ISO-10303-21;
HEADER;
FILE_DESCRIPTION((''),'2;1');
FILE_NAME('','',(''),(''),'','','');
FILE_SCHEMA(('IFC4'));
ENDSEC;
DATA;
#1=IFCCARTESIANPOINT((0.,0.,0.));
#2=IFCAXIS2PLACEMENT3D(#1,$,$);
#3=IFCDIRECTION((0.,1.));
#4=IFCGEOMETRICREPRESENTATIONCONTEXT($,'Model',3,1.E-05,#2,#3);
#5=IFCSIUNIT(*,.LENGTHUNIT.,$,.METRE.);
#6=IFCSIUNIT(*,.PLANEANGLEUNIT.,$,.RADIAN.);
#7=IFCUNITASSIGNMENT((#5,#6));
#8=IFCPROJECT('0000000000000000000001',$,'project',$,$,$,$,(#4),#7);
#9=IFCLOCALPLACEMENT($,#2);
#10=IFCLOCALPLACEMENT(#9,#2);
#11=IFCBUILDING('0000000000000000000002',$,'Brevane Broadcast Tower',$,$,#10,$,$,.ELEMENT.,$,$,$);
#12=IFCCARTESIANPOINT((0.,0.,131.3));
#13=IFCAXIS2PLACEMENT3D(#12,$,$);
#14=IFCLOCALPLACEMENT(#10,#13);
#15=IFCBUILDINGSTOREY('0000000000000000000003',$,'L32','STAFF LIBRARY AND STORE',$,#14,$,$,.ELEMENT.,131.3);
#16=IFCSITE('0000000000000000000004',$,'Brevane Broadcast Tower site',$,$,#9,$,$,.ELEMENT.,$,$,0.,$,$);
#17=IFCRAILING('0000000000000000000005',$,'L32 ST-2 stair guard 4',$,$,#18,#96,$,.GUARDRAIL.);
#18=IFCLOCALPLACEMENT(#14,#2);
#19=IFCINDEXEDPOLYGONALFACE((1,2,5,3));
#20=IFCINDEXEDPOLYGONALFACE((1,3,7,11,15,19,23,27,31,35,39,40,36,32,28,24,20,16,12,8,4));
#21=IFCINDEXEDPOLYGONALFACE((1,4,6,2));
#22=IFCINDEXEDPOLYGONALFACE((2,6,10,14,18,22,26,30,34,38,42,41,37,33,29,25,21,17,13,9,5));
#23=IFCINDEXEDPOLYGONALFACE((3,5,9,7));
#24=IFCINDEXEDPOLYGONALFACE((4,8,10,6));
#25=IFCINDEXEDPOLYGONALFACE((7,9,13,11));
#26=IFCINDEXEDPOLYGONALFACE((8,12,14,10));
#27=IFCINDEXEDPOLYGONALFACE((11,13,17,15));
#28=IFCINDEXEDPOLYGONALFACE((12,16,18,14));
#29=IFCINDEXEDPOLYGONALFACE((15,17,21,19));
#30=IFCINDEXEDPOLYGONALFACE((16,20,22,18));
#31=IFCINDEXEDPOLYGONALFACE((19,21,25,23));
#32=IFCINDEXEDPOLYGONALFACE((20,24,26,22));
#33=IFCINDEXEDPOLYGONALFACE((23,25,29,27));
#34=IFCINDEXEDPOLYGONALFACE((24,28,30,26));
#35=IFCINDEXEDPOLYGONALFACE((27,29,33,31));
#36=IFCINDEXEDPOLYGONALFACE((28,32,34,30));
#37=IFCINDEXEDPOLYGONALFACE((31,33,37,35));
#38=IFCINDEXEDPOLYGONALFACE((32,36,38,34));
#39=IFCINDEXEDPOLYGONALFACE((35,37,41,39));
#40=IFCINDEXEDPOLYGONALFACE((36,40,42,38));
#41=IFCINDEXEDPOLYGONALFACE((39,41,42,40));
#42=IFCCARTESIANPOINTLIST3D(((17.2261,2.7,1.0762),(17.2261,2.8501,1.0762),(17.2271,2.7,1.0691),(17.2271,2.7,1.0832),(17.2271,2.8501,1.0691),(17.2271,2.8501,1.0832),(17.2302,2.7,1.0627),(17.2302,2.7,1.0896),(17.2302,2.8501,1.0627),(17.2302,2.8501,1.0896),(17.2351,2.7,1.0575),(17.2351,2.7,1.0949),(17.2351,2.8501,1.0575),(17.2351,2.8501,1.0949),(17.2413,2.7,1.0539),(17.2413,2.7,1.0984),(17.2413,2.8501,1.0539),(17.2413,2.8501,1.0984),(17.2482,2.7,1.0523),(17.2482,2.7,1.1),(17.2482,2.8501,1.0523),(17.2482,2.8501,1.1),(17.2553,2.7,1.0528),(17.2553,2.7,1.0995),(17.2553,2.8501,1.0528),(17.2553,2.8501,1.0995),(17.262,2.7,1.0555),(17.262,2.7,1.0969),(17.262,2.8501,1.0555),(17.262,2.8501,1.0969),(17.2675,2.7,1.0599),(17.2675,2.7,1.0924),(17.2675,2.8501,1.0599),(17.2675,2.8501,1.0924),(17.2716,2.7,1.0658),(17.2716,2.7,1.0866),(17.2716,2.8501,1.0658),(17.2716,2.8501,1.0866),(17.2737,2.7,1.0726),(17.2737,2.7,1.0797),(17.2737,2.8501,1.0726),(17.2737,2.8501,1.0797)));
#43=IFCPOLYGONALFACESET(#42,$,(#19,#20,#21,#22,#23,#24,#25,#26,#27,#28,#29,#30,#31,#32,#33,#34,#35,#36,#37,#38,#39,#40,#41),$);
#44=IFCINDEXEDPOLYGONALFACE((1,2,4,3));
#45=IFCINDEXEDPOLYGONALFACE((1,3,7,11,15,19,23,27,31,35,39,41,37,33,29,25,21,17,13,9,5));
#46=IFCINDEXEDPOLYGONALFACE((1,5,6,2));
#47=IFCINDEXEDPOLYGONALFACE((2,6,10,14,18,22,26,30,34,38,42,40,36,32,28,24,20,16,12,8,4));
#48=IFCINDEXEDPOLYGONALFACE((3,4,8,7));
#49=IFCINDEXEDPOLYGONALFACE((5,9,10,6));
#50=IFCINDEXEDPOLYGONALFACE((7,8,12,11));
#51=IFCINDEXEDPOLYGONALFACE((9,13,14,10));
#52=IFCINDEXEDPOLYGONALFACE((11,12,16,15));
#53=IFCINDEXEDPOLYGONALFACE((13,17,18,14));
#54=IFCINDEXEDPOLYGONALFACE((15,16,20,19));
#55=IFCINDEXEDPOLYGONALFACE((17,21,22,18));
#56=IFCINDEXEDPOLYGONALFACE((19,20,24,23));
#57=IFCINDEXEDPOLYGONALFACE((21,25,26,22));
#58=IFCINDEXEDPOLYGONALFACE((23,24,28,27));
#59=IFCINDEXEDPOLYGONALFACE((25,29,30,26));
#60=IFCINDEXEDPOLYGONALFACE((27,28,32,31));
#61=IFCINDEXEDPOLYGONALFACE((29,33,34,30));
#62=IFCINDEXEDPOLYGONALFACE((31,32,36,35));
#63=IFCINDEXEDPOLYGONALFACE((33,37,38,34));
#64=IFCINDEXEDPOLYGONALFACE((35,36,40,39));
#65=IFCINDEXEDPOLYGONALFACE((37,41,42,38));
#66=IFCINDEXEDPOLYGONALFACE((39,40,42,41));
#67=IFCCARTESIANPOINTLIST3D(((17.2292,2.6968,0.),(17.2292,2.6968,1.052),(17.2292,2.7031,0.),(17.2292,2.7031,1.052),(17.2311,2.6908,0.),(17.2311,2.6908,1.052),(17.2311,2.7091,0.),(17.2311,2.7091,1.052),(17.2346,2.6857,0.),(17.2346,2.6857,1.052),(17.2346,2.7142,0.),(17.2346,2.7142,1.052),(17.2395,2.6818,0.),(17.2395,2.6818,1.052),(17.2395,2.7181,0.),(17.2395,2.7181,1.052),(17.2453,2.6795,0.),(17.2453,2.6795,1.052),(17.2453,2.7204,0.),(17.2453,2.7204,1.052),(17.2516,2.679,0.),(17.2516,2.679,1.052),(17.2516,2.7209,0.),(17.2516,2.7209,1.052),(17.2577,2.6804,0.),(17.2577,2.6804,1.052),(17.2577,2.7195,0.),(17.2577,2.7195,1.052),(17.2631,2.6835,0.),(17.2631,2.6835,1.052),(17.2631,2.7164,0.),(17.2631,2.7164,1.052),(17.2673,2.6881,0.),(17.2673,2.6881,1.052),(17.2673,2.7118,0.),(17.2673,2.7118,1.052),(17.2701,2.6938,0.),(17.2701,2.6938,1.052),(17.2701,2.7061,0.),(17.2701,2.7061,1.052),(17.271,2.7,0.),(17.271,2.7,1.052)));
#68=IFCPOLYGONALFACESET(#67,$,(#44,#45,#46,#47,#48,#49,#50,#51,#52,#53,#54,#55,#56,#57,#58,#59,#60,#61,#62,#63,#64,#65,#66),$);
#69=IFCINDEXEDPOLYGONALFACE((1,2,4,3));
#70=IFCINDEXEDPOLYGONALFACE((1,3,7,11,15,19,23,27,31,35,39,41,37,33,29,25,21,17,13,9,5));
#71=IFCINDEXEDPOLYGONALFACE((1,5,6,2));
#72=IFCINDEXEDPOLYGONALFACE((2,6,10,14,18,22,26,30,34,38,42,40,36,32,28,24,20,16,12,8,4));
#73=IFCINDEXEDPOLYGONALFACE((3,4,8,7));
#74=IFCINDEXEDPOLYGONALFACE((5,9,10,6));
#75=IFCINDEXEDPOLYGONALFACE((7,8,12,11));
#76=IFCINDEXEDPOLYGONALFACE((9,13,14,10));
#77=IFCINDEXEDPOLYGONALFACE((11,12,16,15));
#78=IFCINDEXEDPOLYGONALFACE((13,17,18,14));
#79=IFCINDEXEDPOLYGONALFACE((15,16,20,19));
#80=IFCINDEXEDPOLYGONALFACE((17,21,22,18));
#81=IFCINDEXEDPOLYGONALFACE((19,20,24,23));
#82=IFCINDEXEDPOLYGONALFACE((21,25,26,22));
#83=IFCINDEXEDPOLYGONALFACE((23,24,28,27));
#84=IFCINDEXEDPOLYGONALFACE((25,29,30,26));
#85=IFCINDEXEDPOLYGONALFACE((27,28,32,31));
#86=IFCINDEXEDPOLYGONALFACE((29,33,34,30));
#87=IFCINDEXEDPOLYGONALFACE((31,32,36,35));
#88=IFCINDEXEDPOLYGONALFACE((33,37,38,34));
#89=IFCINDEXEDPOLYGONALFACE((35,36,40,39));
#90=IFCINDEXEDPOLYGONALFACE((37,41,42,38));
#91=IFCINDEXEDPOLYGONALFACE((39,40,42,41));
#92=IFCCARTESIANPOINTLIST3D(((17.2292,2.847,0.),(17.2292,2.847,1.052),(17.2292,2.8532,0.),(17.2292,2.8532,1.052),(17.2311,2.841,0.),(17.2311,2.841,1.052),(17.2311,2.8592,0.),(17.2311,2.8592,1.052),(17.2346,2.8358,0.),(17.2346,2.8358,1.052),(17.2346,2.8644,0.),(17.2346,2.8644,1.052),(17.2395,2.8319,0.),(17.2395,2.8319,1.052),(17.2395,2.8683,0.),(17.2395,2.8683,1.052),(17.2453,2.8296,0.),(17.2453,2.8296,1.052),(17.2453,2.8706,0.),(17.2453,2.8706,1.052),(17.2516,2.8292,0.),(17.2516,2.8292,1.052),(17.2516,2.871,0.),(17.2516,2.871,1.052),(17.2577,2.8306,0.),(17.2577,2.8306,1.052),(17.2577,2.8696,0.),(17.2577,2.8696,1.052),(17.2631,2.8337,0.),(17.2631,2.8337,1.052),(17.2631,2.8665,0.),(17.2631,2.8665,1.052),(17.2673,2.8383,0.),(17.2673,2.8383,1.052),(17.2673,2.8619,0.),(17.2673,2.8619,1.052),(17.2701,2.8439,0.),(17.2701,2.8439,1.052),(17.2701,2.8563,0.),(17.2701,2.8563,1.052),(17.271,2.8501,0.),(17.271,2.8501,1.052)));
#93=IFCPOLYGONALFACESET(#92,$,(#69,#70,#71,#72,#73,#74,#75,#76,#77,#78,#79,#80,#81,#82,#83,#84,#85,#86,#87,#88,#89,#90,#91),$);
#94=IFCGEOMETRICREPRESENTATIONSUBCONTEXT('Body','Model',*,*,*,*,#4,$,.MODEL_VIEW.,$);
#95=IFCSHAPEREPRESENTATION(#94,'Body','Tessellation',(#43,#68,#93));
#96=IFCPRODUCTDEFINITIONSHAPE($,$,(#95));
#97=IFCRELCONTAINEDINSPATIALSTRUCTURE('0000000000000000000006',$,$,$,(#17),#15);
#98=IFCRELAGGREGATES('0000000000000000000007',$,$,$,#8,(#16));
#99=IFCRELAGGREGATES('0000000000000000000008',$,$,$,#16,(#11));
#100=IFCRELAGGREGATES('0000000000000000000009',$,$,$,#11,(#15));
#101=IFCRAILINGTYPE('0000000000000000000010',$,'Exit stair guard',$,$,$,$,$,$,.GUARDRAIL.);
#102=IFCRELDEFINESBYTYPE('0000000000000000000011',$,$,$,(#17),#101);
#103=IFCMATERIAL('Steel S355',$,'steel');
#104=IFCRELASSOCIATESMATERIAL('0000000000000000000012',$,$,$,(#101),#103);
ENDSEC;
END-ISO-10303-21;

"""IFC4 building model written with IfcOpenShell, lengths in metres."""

from ifc_helpers import new_model, si_unit, direction, frame, origin, origin_2d, place, context, subcontext, project, spatial, circle, extrude, material, type_object, element, save


model = new_model("IFC4")

# Units and contexts
model_context = context("Model", 3, precision=1e-05, world=origin(), true_north=direction((0.0, 1.0)))
body_context = subcontext(model_context, "Body", "Model", "MODEL_VIEW")
ifc_project = project(units=[si_unit("LENGTHUNIT", "METRE"), si_unit("PLANEANGLEUNIT", "RADIAN")], contexts=[model_context])

# Site, building, storey
site_placement = place(None, origin())
site = spatial("IfcSite", under=ifc_project, at=site_placement, Name="Brevane Broadcast Tower site", CompositionType="ELEMENT", RefElevation=0.0)
building_placement = place(site_placement, origin())
building = spatial("IfcBuilding", under=site, at=building_placement, Name="Brevane Broadcast Tower", CompositionType="ELEMENT")
storey_placement = place(building_placement, frame((0.0, 0.0, 131.3)))
storey = spatial("IfcBuildingStorey", under=building, at=storey_placement, Name="L32", Description="STAFF LIBRARY AND STORE", CompositionType="ELEMENT", Elevation=131.3)

# Railing
ifc_material_1 = material(Name="Steel S355", Category="steel")
railing_type_1 = type_object("IfcRailingType", Name="Exit stair guard", PredefinedType="GUARDRAIL", material=ifc_material_1)
railing_1_placement = place(storey_placement, frame((17.25, 2.7, 0.0)))
element("IfcRailing", 1, at=railing_1_placement, inside=storey, type_object=railing_type_1, Name="L32 ST-2 stair guard 4", PredefinedType="GUARDRAIL", context=body_context, shape_type="SweptSolid", body=[
    extrude(circle(Radius=0.0239, at=origin_2d()), frame((0.0, 0.0, 1.0762), z_axis=(0.0, 1.0, 0.0), x_axis=(-1.0, 0.0, 0.0)), (0.0, 0.0, 1.0), 0.1501),
    extrude(circle(Radius=0.021, at=origin_2d()), origin(), (0.0, 0.0, 1.0), 1.052),
    extrude(circle(Radius=0.021, at=origin_2d()), frame((0.0, 0.1501, 0.0)), (0.0, 0.0, 1.0), 1.052),
])

save(model, "model.ifc")
